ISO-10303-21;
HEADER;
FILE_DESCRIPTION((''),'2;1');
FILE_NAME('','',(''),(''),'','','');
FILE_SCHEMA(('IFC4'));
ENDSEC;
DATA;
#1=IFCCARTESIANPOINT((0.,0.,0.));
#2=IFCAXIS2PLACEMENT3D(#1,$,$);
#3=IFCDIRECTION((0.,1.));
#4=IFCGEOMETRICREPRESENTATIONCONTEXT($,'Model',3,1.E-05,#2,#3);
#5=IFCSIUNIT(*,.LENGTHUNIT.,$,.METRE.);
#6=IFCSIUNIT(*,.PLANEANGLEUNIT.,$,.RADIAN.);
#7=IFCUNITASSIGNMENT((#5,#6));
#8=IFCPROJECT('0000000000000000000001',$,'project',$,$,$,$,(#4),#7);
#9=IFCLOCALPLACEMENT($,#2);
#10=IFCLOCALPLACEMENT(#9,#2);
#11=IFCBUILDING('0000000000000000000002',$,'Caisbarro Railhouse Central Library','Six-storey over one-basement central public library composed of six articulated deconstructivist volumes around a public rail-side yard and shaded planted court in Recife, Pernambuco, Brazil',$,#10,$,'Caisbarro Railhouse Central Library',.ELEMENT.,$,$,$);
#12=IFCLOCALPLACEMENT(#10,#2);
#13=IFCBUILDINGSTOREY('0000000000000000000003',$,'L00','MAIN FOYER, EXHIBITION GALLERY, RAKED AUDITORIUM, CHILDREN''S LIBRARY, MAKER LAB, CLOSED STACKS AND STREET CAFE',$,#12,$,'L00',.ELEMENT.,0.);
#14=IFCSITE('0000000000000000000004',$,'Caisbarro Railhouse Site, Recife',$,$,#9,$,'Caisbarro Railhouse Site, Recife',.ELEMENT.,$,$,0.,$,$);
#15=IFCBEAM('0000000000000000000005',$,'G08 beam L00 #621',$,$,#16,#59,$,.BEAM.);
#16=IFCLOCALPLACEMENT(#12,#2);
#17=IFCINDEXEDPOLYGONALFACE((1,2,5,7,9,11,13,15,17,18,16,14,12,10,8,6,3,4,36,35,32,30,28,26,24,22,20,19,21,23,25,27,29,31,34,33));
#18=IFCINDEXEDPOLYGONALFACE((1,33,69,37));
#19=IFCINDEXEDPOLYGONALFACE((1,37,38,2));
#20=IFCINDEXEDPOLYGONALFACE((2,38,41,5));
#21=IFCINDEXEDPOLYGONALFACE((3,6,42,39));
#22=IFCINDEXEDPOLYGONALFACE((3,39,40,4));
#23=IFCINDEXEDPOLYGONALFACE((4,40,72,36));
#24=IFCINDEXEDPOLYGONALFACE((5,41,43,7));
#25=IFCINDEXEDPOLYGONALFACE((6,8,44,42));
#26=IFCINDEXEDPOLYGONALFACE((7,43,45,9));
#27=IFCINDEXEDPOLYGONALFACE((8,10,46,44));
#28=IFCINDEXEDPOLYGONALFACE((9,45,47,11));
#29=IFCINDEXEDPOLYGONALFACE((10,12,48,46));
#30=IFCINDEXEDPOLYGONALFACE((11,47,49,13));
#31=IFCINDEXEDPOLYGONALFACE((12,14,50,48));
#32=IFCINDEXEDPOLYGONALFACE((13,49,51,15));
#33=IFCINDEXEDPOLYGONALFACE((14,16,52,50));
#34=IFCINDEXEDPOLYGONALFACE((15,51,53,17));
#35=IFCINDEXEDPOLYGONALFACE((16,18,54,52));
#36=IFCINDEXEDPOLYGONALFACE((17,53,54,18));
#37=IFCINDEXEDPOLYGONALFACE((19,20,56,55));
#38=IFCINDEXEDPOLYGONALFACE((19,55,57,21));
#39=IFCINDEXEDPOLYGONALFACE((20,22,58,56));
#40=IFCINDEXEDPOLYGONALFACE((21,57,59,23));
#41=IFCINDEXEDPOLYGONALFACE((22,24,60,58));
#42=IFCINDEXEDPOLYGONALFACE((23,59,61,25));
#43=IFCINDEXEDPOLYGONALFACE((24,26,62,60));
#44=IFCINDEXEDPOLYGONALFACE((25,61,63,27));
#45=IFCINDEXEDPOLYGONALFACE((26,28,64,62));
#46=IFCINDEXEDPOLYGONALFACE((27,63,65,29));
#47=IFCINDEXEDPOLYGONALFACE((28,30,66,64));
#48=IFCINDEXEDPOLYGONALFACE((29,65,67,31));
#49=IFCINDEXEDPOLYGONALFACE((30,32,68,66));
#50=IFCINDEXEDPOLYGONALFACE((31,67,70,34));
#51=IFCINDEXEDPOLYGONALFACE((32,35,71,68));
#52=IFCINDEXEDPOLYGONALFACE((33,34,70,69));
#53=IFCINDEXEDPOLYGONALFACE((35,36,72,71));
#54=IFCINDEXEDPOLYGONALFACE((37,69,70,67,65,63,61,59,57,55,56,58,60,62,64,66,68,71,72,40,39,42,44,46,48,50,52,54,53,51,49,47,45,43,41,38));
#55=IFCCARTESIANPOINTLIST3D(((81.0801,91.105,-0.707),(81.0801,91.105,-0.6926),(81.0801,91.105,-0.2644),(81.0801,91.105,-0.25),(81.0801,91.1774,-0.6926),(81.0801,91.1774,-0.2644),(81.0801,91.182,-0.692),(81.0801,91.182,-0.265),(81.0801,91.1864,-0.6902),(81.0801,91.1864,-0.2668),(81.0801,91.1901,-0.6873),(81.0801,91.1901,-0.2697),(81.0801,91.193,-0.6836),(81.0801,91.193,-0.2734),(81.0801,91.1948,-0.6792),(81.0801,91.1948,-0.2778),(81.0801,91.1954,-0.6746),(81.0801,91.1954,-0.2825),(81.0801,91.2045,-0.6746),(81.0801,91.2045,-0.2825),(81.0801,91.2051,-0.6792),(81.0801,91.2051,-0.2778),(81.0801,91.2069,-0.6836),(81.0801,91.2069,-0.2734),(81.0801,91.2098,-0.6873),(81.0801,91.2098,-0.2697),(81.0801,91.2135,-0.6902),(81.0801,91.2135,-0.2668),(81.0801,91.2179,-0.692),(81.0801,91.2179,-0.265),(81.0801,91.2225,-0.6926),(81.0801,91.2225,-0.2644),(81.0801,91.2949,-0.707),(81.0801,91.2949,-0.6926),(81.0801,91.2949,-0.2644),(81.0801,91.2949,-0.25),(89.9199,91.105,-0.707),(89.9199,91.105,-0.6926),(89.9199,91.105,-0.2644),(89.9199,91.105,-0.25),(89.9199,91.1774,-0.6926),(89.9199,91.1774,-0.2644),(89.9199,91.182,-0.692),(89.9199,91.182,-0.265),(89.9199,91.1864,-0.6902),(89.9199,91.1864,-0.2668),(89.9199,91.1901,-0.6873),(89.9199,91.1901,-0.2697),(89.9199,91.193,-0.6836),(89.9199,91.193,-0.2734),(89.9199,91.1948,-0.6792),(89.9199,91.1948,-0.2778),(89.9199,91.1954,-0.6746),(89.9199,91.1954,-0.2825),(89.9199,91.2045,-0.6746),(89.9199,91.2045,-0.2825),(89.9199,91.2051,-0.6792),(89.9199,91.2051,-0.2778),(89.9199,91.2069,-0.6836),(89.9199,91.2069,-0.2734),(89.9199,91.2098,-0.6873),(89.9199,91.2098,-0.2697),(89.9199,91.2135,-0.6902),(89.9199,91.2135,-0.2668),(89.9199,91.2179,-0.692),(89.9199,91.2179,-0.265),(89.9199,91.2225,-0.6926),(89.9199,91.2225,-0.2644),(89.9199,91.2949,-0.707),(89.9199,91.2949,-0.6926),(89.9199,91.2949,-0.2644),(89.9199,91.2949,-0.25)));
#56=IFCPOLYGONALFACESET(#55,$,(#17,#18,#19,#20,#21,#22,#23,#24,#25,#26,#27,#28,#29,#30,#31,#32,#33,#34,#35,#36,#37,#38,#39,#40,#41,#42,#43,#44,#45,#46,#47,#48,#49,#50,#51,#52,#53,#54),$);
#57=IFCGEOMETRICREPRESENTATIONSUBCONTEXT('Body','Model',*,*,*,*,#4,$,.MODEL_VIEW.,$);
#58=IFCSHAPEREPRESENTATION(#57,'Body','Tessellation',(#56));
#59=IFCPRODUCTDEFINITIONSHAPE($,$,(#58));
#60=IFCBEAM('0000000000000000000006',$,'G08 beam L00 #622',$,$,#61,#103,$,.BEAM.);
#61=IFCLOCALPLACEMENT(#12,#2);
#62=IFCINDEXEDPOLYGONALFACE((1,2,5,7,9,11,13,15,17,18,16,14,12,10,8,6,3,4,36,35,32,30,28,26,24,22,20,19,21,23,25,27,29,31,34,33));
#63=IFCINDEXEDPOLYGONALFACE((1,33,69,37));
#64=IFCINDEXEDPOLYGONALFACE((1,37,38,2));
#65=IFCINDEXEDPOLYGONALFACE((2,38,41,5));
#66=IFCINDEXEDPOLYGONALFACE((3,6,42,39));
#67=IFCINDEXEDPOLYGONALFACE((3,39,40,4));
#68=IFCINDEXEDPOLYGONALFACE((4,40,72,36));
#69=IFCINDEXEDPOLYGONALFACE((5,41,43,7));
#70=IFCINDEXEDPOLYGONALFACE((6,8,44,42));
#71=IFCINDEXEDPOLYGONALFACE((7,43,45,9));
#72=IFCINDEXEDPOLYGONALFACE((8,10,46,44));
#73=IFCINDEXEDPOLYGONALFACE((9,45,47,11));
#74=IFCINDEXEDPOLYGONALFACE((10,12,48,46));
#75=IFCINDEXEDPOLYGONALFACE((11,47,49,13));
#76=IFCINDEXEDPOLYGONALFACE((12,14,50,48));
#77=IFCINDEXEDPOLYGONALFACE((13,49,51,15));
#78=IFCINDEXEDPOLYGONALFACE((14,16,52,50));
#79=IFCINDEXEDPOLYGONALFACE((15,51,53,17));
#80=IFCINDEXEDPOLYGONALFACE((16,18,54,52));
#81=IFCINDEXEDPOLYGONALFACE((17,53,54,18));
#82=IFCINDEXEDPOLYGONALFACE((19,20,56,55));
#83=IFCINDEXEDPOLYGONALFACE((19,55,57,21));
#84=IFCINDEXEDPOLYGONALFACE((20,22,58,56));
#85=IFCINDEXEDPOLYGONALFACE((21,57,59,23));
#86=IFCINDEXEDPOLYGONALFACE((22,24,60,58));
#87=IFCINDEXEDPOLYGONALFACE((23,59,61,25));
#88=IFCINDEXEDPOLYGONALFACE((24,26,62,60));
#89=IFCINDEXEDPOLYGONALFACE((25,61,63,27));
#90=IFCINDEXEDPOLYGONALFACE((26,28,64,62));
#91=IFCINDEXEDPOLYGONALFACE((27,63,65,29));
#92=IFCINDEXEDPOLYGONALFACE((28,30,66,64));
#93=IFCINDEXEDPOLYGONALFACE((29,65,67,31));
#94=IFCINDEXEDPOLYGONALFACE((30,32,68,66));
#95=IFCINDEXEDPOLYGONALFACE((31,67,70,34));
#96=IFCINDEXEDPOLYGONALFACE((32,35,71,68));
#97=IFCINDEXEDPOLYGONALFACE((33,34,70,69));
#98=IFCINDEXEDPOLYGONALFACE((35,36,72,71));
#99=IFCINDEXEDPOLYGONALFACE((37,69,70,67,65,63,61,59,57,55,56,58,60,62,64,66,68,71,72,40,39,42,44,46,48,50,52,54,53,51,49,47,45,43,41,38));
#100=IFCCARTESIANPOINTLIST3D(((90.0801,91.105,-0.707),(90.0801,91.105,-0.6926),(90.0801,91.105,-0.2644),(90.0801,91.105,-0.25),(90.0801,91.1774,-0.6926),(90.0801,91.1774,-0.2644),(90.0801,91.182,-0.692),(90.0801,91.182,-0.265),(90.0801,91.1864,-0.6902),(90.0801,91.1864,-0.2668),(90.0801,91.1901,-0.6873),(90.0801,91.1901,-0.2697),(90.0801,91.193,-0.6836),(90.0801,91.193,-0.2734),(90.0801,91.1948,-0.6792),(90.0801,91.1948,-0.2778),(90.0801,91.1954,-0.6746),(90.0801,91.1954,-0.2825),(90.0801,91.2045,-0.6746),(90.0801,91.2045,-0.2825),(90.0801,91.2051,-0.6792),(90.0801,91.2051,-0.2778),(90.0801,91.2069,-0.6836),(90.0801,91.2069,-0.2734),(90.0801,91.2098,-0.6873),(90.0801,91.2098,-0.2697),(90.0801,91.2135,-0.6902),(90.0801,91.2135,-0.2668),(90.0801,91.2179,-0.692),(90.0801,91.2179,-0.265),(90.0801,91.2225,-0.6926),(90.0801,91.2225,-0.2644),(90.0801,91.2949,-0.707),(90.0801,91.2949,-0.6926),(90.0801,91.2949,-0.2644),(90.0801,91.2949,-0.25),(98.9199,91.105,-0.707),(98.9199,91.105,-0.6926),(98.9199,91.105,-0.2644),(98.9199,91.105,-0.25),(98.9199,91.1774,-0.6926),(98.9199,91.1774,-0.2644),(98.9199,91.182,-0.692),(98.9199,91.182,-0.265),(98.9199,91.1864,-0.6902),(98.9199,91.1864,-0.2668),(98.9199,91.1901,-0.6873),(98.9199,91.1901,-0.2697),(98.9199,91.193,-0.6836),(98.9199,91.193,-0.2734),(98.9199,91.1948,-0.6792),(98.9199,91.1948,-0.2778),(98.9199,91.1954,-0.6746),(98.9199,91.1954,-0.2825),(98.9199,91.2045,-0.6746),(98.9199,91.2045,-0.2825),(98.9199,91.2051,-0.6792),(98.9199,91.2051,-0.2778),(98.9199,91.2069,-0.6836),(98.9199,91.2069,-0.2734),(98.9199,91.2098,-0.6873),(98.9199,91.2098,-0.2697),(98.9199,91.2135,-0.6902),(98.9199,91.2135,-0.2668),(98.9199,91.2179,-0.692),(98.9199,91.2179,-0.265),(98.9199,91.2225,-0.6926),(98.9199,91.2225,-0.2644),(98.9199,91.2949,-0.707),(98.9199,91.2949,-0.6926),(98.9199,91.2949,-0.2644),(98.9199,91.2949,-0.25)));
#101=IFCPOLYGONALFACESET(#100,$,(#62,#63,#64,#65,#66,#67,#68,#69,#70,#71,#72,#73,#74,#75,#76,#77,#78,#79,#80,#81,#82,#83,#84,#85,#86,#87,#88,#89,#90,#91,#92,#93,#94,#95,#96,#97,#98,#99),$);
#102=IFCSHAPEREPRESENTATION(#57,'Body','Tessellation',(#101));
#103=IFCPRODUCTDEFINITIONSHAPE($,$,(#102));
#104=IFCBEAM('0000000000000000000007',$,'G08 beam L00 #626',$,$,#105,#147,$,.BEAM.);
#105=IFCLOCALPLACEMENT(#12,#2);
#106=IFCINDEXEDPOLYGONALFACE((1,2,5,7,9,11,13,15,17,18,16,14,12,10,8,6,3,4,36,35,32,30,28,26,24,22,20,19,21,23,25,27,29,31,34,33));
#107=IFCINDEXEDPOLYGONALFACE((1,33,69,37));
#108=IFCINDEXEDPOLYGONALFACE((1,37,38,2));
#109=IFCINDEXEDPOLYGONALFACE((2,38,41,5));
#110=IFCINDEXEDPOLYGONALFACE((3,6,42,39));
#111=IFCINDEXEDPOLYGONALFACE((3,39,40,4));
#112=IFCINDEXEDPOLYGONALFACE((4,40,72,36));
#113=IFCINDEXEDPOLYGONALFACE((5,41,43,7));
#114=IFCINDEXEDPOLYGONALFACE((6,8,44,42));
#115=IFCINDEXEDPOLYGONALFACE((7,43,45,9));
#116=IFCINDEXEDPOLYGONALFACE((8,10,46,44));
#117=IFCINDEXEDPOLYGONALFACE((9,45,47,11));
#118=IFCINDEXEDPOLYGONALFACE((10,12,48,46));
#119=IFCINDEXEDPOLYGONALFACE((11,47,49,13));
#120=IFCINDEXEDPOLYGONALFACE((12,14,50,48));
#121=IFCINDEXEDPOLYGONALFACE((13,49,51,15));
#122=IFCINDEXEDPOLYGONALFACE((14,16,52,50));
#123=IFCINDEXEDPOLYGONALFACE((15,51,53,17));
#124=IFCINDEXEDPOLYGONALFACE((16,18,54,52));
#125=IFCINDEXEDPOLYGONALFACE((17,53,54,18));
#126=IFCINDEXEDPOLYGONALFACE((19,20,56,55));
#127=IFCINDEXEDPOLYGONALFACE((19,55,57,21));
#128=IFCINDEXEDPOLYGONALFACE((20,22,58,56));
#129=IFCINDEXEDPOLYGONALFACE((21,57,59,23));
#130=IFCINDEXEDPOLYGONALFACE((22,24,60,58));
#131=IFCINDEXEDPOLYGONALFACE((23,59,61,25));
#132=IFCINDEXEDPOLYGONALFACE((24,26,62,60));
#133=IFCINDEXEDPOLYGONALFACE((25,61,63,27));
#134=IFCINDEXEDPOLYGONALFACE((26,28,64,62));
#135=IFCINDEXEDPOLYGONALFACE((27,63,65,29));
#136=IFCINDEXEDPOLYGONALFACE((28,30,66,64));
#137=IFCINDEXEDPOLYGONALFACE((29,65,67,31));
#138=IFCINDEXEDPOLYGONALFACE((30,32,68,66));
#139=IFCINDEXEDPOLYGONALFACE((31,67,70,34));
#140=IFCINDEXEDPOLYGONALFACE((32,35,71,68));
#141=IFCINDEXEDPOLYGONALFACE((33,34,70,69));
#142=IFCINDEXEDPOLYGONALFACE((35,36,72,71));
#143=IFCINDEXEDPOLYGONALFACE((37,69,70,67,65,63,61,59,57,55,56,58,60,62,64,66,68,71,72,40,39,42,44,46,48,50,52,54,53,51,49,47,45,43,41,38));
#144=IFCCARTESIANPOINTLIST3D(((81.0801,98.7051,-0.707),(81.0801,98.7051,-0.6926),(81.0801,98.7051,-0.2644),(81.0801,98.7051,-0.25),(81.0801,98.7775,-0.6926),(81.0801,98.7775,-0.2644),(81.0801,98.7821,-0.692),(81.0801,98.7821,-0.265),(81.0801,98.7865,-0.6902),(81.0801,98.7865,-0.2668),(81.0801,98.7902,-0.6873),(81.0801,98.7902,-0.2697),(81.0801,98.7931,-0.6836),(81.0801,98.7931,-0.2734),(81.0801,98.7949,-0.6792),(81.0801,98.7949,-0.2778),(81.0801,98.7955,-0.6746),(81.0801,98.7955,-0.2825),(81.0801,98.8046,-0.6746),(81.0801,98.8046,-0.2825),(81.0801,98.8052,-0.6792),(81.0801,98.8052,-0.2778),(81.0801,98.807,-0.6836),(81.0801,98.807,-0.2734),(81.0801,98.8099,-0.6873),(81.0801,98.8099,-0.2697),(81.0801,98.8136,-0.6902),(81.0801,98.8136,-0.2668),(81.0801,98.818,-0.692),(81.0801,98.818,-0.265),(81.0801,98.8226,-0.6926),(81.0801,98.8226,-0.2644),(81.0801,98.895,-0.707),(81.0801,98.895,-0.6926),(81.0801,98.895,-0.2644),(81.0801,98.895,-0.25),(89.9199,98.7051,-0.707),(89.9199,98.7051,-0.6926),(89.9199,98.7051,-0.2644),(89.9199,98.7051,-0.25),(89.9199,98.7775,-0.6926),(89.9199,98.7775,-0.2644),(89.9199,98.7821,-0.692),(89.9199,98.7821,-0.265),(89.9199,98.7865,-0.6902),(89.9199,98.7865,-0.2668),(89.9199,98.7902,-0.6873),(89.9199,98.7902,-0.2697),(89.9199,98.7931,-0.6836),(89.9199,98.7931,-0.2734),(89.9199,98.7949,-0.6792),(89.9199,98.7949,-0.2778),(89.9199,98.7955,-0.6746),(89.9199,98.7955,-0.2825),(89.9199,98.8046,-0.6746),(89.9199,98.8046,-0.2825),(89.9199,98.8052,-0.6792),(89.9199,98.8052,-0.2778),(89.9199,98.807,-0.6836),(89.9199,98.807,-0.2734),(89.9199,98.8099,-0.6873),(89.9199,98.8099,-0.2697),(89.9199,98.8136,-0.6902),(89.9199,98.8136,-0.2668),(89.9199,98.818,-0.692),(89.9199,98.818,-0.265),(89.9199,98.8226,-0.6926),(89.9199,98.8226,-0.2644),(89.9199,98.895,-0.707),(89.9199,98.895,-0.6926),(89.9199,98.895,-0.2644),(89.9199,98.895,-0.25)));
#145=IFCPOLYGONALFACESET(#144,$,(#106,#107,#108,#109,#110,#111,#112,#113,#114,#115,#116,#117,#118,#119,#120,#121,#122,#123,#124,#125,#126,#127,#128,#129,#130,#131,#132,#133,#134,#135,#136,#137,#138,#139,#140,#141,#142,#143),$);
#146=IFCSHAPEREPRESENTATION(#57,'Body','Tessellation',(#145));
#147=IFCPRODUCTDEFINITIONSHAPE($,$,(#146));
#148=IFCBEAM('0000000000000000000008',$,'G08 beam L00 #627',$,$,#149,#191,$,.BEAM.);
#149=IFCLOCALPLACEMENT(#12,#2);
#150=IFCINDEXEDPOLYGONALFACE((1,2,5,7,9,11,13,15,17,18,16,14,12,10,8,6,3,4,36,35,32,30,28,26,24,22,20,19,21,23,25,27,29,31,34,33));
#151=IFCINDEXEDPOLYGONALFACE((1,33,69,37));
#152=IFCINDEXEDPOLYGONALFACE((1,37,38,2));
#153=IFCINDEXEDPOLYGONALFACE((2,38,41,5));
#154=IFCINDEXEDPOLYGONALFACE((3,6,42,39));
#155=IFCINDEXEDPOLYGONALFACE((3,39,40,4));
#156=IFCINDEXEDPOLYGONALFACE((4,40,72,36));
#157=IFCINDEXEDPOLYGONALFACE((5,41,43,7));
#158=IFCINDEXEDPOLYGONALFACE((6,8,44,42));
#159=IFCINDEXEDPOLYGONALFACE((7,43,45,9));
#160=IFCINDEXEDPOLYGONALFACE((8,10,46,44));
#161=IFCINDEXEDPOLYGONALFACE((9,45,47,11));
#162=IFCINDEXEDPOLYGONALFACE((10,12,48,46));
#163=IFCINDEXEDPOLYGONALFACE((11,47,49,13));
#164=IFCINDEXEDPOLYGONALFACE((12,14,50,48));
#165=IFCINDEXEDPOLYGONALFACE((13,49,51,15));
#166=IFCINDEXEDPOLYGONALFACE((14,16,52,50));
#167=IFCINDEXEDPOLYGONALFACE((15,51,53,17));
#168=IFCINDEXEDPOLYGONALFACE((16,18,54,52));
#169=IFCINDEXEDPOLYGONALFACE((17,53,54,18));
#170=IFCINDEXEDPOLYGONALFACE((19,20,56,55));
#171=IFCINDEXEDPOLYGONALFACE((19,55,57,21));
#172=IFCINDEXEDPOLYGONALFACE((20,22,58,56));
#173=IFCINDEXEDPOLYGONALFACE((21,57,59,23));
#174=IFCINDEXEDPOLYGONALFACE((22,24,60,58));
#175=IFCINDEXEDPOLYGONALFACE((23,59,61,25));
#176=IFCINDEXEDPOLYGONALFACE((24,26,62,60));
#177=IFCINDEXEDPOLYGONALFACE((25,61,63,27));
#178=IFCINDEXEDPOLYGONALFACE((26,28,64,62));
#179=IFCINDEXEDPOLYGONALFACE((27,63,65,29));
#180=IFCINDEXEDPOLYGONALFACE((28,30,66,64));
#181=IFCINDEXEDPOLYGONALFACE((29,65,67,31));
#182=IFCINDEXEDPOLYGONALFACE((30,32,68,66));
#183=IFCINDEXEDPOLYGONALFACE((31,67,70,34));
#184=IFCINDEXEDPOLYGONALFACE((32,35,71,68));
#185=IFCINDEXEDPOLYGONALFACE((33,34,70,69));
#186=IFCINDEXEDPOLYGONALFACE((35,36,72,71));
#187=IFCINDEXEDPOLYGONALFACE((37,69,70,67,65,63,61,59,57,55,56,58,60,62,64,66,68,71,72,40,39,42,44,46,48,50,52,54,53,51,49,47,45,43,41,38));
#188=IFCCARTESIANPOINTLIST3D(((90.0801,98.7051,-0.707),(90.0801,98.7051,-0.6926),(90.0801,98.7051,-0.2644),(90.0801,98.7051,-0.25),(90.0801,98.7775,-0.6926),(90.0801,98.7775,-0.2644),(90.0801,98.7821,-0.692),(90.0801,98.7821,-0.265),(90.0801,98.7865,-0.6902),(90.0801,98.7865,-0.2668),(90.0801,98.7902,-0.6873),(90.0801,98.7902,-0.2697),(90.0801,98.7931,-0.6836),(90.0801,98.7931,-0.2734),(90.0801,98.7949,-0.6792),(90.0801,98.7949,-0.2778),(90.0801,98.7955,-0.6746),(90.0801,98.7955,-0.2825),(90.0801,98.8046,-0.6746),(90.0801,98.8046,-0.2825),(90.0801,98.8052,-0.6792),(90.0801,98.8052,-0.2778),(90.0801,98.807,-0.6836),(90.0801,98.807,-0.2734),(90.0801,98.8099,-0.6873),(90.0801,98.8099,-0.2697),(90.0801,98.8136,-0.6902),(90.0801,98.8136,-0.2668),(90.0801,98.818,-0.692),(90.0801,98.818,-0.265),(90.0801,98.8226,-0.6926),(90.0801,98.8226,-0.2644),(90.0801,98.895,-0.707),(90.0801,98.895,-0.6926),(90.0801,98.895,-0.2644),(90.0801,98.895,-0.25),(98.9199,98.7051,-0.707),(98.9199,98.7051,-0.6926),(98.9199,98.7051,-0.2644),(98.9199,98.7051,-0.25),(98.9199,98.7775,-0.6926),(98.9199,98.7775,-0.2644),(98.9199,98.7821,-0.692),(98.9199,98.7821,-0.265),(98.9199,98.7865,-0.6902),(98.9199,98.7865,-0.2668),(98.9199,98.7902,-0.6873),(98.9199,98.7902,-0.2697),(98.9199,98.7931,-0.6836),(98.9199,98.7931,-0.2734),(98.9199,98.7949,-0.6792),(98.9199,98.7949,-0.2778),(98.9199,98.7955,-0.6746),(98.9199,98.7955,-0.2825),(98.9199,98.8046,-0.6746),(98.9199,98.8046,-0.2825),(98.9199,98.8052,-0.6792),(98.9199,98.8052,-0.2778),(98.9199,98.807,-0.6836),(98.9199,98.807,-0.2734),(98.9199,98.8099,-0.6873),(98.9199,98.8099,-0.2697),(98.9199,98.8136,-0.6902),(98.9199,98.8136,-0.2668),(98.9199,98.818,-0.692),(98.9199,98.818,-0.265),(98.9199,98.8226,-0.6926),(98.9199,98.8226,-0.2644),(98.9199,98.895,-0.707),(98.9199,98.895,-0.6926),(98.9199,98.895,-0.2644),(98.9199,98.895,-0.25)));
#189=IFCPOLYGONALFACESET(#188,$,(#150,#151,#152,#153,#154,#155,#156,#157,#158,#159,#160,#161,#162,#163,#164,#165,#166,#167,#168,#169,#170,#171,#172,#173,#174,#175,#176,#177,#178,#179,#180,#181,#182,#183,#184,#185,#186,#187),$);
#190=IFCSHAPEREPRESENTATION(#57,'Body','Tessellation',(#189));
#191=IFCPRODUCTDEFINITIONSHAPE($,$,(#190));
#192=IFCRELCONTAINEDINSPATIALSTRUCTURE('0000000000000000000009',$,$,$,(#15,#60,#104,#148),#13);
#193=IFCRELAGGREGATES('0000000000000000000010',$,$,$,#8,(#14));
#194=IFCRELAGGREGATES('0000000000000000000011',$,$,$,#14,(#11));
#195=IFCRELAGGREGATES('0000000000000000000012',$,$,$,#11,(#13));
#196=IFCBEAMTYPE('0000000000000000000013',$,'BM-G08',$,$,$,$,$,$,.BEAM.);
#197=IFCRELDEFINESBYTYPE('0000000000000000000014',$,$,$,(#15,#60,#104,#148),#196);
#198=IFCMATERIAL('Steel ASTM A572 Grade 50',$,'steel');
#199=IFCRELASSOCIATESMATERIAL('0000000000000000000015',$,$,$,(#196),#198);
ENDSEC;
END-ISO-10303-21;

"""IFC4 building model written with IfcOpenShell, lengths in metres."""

from ifc_helpers import new_model, si_unit, direction, frame, origin, origin_2d, place, context, subcontext, project, spatial, i_section, extrude, material, material_profile, profile_set, type_object, element, save


model = new_model("IFC4")

# Units and contexts
model_context = context("Model", 3, precision=1e-05, world=origin(), true_north=direction((0.0, 1.0)))
body_context = subcontext(model_context, "Body", "Model", "MODEL_VIEW")
ifc_project = project(units=[si_unit("LENGTHUNIT", "METRE"), si_unit("PLANEANGLEUNIT", "RADIAN")], contexts=[model_context])

# Site, building, storey
site_placement = place(None, origin())
site = spatial("IfcSite", under=ifc_project, at=site_placement, Name="Caisbarro Railhouse Site, Recife", LongName="Caisbarro Railhouse Site, Recife", CompositionType="ELEMENT", RefElevation=0.0)
building_placement = place(site_placement, origin())
building = spatial("IfcBuilding", under=site, at=building_placement, Name="Caisbarro Railhouse Central Library", Description="Six-storey over one-basement central public library composed of six articulated deconstructivist volumes around a public rail-side yard and shaded planted court in Recife, Pernambuco, Brazil", LongName="Caisbarro Railhouse Central Library", CompositionType="ELEMENT")
storey_placement = place(building_placement, origin())
storey = spatial("IfcBuildingStorey", under=building, at=storey_placement, Name="L00", Description="MAIN FOYER, EXHIBITION GALLERY, RAKED AUDITORIUM, CHILDREN'S LIBRARY, MAKER LAB, CLOSED STACKS AND STREET CAFE", LongName="L00", CompositionType="ELEMENT", Elevation=0.0)

# Shared definitions
ifc_material_1 = material(Name="Steel ASTM A572 Grade 50", Category="steel")

# Beams
ifc_material_profile_1 = material_profile(ifc_material_1, i_section(OverallWidth=0.1899, OverallDepth=0.457, WebThickness=0.009, FlangeThickness=0.0144, FilletRadius=0.0181, at=origin_2d()), Name="W460X74.0")
ifc_profile_set_1 = profile_set([ifc_material_profile_1], Name="Steel ASTM A572 Grade 50")
beam_type_1 = type_object("IfcBeamType", Name="BM-G08", PredefinedType="BEAM", material=ifc_profile_set_1)
for number, where, z_axis, x_axis, name in (
    (1, (81.0801, 91.2, -0.4785), (1.0, 0.0, 0.0), (0.0, 1.0, 0.0), "G08 beam L00 #621"),
    (2, (90.0801, 91.2, -0.4785), (1.0, 0.0, 0.0), (0.0, 1.0, 0.0), "G08 beam L00 #622"),
    (3, (81.0801, 98.8, -0.4785), (1.0, 0.0, 0.0), (0.0, 1.0, 0.0), "G08 beam L00 #626"),
    (4, (90.0801, 98.8, -0.4785), (1.0, 0.0, 0.0), (0.0, 1.0, 0.0), "G08 beam L00 #627"),
):
    element("IfcBeam", number, at=place(storey_placement, frame(where, z_axis=z_axis, x_axis=x_axis)), inside=storey, type_object=beam_type_1, Name=name, PredefinedType="BEAM", context=body_context, shape_type="SweptSolid", body=[
        extrude(i_section(OverallWidth=0.1899, OverallDepth=0.457, WebThickness=0.009, FlangeThickness=0.0144, FilletRadius=0.0181, at=origin_2d()), origin(), (0.0, 0.0, 1.0), 8.8398),
    ])

save(model, "model.ifc")
